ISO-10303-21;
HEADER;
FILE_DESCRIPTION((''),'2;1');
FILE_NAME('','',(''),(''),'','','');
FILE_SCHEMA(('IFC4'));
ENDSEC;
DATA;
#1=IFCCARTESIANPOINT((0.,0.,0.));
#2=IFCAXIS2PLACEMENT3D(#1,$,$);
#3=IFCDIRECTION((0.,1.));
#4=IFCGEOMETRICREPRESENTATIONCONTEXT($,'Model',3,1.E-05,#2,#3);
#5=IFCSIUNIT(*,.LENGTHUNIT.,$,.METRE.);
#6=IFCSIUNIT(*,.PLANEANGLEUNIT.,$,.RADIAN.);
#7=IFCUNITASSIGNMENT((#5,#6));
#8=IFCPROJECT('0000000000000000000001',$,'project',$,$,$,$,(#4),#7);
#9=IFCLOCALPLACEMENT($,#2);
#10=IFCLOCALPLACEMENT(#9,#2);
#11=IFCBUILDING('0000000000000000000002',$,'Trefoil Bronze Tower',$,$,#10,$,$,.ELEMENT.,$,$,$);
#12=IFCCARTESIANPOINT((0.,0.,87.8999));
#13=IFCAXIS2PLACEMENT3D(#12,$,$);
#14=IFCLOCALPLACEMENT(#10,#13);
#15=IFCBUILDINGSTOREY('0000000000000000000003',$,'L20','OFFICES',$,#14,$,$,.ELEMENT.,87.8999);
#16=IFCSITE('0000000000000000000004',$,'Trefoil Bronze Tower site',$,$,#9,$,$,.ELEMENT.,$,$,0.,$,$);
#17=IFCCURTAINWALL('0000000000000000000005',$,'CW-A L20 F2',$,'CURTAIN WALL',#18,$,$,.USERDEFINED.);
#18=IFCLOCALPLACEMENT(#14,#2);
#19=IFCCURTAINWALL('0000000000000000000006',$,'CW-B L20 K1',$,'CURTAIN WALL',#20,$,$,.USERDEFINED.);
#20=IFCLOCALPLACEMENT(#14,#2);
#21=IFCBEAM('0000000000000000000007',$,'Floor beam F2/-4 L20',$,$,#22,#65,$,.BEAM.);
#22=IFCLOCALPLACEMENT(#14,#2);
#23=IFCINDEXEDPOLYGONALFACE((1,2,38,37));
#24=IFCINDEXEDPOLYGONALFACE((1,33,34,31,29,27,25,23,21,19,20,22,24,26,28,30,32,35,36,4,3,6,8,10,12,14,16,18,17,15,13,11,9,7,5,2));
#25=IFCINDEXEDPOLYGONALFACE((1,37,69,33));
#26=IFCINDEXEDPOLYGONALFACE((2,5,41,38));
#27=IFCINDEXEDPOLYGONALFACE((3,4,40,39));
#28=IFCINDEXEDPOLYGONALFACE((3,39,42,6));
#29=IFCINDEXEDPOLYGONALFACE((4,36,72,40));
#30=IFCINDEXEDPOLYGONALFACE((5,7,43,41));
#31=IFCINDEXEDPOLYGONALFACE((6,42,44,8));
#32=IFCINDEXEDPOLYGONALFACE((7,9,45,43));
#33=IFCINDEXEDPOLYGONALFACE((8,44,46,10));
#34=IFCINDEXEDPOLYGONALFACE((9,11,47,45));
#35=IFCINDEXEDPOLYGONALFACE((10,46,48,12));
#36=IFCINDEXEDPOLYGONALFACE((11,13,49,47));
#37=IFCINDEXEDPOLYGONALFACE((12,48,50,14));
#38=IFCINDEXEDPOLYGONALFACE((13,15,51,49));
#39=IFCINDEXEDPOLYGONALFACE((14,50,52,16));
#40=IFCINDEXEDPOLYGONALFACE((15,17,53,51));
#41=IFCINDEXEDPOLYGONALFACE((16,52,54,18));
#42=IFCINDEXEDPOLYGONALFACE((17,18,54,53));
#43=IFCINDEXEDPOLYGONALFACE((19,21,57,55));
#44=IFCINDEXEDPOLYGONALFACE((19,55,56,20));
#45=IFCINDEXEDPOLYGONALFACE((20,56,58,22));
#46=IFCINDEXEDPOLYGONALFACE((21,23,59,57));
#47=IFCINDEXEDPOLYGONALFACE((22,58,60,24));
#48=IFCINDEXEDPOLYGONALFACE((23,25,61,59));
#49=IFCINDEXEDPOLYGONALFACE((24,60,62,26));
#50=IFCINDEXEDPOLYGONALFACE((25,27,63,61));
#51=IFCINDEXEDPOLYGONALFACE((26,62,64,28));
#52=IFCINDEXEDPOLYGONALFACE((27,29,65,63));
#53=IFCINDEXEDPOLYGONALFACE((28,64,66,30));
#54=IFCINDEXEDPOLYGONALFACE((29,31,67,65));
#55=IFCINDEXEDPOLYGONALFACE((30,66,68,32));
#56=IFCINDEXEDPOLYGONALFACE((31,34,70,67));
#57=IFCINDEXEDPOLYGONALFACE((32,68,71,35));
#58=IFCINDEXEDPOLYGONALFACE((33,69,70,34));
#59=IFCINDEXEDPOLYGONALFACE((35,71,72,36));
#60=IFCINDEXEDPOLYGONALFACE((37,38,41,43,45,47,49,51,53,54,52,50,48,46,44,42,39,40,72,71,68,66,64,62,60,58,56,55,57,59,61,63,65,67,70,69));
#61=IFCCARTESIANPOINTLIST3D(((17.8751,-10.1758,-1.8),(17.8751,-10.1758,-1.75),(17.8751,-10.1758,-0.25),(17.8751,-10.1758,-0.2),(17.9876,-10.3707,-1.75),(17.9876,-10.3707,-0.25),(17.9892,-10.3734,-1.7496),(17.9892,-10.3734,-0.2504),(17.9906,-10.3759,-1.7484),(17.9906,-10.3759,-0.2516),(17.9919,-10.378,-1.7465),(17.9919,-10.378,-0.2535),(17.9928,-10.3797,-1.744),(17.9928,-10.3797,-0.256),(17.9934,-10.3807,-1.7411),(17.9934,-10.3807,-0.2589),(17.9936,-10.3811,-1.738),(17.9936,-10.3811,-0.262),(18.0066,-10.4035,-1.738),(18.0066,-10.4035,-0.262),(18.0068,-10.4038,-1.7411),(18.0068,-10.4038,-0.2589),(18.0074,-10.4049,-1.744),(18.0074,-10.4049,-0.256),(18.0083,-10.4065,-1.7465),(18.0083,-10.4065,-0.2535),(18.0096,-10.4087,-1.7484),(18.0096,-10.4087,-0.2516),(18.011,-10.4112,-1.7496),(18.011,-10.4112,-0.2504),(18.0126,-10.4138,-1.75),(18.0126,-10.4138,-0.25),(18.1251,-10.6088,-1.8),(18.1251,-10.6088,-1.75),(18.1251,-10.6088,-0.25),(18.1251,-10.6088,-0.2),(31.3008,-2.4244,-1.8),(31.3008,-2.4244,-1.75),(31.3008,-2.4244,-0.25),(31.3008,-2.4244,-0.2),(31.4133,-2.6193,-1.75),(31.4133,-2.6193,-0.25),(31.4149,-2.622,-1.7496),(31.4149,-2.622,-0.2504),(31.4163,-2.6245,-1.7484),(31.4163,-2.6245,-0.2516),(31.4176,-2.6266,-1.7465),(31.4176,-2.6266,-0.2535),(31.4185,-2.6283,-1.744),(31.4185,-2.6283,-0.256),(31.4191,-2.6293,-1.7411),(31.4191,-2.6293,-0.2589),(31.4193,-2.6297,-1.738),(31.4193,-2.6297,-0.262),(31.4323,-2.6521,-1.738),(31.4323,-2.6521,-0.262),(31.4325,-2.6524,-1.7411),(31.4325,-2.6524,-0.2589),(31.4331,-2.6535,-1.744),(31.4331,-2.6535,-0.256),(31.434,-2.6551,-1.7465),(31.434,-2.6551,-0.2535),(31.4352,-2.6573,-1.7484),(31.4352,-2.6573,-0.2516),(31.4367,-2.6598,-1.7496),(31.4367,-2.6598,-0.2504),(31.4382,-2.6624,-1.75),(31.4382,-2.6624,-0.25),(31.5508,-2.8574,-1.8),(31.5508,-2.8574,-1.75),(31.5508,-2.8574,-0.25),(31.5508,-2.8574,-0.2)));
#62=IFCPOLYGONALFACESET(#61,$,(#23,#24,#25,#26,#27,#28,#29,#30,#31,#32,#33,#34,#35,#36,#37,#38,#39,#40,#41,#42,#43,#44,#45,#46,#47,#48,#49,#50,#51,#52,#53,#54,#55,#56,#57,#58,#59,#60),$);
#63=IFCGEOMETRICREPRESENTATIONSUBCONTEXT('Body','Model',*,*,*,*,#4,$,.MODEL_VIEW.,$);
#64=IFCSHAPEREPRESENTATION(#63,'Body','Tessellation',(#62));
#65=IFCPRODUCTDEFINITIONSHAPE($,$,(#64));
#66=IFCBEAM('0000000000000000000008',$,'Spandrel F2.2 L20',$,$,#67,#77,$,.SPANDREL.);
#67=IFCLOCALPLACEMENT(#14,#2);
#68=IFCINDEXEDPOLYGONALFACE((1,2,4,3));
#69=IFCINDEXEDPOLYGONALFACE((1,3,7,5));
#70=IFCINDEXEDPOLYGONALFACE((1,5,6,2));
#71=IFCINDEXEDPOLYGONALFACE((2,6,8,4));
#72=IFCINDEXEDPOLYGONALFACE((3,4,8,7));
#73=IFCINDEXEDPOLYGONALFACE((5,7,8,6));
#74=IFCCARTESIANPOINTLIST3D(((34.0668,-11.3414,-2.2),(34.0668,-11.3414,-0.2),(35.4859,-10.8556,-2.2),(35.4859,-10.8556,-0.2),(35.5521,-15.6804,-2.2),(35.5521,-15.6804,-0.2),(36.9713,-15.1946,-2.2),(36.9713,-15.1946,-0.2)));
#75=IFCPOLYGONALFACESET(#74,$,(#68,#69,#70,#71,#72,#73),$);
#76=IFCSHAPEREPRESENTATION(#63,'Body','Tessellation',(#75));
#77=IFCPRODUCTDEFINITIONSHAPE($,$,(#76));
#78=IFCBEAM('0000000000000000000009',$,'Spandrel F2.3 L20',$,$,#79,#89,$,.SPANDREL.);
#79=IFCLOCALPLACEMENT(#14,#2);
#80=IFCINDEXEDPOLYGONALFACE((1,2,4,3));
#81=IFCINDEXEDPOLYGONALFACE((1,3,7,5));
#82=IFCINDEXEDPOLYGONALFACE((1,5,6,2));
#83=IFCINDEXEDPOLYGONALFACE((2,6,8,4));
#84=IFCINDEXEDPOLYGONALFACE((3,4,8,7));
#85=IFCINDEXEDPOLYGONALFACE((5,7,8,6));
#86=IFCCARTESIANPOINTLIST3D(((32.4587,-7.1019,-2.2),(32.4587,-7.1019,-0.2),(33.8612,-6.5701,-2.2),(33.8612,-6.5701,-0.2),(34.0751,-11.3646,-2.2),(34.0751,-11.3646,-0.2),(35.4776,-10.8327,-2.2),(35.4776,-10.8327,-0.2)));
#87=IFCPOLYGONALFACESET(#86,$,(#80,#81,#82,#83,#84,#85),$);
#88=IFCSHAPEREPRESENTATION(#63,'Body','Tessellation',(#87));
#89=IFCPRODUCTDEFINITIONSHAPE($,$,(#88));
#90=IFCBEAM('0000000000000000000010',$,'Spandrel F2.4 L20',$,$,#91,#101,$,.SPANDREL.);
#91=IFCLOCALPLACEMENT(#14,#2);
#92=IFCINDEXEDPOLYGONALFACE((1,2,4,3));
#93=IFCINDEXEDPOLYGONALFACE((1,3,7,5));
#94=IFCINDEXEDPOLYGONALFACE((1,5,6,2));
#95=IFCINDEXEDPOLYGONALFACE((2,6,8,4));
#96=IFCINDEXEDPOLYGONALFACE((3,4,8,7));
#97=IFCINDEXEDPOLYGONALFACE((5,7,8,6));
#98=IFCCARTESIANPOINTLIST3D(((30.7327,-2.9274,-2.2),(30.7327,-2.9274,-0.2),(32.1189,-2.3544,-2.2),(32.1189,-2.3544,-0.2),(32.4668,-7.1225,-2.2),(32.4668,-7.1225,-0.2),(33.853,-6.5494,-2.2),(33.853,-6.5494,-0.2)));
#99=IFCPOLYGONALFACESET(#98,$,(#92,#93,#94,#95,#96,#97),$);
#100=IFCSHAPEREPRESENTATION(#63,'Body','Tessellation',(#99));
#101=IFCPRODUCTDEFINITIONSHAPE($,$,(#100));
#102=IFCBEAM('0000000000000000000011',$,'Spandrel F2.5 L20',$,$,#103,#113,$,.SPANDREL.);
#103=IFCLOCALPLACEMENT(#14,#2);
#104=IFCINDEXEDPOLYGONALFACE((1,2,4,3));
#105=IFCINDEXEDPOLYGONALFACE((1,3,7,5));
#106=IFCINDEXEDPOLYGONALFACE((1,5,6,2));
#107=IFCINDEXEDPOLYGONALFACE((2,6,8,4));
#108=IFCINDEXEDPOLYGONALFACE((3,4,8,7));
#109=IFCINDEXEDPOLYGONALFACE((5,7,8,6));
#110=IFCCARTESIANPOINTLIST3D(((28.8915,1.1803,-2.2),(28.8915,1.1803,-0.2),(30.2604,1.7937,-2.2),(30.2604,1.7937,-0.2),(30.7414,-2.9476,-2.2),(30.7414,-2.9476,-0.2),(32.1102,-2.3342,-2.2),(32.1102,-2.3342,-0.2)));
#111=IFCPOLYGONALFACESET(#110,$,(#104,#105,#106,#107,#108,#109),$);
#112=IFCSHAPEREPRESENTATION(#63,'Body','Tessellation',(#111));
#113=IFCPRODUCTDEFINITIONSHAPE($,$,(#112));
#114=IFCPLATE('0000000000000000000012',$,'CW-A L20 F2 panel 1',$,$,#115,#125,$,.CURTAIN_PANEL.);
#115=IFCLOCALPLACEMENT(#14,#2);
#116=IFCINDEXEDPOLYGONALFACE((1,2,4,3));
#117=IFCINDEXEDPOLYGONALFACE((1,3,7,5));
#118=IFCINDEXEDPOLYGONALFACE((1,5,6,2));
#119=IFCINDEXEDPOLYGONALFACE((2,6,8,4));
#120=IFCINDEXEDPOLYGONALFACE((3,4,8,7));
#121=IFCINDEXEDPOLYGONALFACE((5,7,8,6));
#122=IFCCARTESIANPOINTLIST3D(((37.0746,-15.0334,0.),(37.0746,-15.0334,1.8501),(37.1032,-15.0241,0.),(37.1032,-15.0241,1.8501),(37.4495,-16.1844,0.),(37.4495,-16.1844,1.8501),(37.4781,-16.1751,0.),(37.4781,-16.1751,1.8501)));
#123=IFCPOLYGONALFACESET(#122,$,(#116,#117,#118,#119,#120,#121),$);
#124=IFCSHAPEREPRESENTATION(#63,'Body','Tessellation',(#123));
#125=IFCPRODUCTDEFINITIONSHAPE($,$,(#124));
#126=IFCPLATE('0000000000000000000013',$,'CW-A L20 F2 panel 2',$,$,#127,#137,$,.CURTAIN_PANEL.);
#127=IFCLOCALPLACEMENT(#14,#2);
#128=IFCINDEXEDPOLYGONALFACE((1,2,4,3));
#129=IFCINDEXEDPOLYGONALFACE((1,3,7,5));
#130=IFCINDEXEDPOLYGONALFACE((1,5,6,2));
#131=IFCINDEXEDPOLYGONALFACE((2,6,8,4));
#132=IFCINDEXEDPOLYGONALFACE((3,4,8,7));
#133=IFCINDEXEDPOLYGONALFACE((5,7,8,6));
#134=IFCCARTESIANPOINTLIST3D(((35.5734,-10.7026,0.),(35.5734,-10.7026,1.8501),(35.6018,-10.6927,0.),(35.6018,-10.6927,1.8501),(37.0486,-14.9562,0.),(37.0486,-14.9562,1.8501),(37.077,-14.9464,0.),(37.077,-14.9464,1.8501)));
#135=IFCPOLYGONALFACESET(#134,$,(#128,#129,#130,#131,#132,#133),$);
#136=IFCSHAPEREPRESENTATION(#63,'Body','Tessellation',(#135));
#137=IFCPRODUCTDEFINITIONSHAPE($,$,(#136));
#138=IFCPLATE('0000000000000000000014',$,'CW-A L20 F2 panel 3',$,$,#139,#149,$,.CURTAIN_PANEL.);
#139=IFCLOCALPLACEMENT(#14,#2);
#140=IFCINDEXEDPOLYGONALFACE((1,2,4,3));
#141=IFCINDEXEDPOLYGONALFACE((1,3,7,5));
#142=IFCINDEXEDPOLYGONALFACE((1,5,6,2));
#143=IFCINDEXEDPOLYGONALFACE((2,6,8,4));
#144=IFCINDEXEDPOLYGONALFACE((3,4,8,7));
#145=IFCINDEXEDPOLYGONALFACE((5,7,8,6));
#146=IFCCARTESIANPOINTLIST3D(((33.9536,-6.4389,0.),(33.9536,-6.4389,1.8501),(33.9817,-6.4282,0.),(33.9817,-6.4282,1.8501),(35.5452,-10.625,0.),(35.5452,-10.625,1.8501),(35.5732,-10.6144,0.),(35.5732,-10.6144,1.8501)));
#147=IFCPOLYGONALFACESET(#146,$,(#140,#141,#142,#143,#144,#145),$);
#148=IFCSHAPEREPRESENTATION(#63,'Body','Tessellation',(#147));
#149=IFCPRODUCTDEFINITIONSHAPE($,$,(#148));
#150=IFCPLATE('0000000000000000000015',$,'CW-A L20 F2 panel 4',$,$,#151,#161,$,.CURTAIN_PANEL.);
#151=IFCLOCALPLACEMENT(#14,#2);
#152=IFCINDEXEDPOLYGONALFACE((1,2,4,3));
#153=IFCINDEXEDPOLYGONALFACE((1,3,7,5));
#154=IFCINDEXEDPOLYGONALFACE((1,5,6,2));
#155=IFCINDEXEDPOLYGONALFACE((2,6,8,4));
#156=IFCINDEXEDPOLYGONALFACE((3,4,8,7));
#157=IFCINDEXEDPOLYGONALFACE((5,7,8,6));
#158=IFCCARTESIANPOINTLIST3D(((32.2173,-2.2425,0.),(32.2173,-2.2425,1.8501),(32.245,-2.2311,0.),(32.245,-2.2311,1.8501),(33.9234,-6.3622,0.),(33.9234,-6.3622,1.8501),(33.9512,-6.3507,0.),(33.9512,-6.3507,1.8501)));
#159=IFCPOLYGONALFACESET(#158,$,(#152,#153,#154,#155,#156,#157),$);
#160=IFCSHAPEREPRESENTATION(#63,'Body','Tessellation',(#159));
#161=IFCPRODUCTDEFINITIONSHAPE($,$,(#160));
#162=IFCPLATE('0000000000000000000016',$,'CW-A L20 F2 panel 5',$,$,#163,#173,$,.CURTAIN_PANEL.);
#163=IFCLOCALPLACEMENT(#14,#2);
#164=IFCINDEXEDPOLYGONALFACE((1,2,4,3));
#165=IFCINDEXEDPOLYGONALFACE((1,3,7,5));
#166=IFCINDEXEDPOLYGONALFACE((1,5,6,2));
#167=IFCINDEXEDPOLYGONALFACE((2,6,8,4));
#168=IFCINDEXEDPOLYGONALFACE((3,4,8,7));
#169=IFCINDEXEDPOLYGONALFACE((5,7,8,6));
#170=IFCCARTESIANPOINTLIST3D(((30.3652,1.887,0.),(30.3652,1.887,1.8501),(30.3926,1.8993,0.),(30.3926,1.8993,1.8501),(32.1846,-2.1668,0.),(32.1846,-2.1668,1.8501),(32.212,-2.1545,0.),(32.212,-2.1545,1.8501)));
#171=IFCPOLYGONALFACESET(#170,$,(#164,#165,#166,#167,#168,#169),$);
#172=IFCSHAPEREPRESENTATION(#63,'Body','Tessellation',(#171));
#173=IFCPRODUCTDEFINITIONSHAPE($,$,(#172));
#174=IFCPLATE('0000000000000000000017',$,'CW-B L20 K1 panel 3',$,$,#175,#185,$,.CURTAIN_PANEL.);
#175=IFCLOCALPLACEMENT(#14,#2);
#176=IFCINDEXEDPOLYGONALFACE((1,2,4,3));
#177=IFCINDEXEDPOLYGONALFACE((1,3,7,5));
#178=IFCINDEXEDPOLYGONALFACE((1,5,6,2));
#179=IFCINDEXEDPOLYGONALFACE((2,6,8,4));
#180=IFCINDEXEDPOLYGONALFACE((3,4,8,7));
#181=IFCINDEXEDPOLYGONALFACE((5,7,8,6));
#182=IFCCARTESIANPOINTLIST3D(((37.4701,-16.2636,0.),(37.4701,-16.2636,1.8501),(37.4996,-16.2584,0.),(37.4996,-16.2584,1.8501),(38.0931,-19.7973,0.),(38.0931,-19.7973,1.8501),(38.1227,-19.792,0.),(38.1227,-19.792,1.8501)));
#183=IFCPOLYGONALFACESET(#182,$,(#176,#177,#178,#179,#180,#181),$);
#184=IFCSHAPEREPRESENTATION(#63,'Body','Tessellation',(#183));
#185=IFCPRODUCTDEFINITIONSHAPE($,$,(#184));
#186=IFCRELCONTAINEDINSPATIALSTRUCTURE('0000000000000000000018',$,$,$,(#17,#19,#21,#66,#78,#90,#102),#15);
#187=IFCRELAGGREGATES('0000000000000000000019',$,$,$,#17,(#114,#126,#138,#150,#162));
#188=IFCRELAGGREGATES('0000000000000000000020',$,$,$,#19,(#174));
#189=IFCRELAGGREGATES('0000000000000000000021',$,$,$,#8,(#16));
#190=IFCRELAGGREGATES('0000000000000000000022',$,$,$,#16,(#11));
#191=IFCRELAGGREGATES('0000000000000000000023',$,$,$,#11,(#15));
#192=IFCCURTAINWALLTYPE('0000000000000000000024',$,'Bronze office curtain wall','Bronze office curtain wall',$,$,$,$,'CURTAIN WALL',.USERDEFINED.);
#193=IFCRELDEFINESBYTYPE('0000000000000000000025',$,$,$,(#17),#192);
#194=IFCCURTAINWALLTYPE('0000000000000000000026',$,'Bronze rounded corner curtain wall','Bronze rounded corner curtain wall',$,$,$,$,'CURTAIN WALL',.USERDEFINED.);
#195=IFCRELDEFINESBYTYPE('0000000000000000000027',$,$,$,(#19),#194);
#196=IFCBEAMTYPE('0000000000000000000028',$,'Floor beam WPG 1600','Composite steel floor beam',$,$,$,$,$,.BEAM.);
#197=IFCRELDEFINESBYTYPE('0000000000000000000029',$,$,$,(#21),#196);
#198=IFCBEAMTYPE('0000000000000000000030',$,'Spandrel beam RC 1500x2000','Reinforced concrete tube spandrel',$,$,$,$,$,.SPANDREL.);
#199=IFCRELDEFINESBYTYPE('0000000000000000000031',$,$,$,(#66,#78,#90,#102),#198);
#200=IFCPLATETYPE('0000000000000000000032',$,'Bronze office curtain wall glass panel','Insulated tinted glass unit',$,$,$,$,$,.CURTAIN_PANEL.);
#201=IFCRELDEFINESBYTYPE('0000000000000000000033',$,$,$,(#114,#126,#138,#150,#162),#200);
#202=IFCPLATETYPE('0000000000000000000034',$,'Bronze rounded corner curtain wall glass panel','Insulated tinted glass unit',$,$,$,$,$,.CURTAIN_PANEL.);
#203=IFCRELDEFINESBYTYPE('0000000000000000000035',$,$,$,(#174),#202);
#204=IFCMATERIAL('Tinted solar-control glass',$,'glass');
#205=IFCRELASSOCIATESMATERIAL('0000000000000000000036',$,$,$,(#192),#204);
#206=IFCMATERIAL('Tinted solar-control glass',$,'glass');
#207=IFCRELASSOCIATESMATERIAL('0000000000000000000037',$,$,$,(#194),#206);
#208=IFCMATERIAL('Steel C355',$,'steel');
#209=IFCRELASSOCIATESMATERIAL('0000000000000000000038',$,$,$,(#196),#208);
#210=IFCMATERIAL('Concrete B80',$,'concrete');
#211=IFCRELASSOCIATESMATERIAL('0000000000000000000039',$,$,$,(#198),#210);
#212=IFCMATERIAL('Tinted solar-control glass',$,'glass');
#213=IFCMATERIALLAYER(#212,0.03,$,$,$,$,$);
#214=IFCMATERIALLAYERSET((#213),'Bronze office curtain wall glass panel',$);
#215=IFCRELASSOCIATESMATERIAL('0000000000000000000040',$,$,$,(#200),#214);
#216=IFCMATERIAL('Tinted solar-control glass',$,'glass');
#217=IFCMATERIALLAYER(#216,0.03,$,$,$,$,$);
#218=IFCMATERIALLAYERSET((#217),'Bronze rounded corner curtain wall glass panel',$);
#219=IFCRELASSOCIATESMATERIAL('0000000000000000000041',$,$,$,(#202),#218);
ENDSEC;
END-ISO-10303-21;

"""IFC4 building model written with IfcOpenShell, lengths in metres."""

from ifc_helpers import new_model, si_unit, direction, frame, origin, origin_2d, place, context, subcontext, project, spatial, rectangle, i_section, extrude, material, layer, layer_set, material_profile, profile_set, type_object, element, aggregate, save


model = new_model("IFC4")

# Units and contexts
model_context = context("Model", 3, precision=1e-05, world=origin(), true_north=direction((0.0, 1.0)))
body_context = subcontext(model_context, "Body", "Model", "MODEL_VIEW")
ifc_project = project(units=[si_unit("LENGTHUNIT", "METRE"), si_unit("PLANEANGLEUNIT", "RADIAN")], contexts=[model_context])

# Site, building, storey
site_placement = place(None, origin())
site = spatial("IfcSite", under=ifc_project, at=site_placement, Name="Trefoil Bronze Tower site", CompositionType="ELEMENT", RefElevation=0.0)
building_placement = place(site_placement, origin())
building = spatial("IfcBuilding", under=site, at=building_placement, Name="Trefoil Bronze Tower", CompositionType="ELEMENT")
storey_placement = place(building_placement, frame((0.0, 0.0, 87.8999)))
storey = spatial("IfcBuildingStorey", under=building, at=storey_placement, Name="L20", Description="OFFICES", CompositionType="ELEMENT", Elevation=87.8999)

# Curtain wall
ifc_material_1 = material(Name="Tinted solar-control glass", Category="glass")
curtain_wall_type_1 = type_object("IfcCurtainWallType", Name="Bronze office curtain wall", Description="Bronze office curtain wall", ElementType="CURTAIN WALL", PredefinedType="USERDEFINED", material=ifc_material_1)
curtain_wall_1_placement = place(storey_placement, origin())
curtain_wall_1 = element("IfcCurtainWall", 1, at=curtain_wall_1_placement, inside=storey, type_object=curtain_wall_type_1, Name="CW-A L20 F2", ObjectType="CURTAIN WALL", PredefinedType="USERDEFINED")

# Curtain wall
ifc_material_2 = material(Name="Tinted solar-control glass", Category="glass")
curtain_wall_type_2 = type_object("IfcCurtainWallType", Name="Bronze rounded corner curtain wall", Description="Bronze rounded corner curtain wall", ElementType="CURTAIN WALL", PredefinedType="USERDEFINED", material=ifc_material_2)
curtain_wall_2_placement = place(storey_placement, origin())
curtain_wall_2 = element("IfcCurtainWall", 2, at=curtain_wall_2_placement, inside=storey, type_object=curtain_wall_type_2, Name="CW-B L20 K1", ObjectType="CURTAIN WALL", PredefinedType="USERDEFINED")

# Beams
ifc_material_3 = material(Name="Steel C355", Category="steel")
ifc_material_profile_1 = material_profile(ifc_material_3, i_section(OverallWidth=0.5, OverallDepth=1.6001, WebThickness=0.0259, FlangeThickness=0.05, FilletRadius=0.012, at=origin_2d()), Name="WPG 1600")
ifc_profile_set_1 = profile_set([ifc_material_profile_1], Name="Steel C355")
beam_type_1 = type_object("IfcBeamType", Name="Floor beam WPG 1600", Description="Composite steel floor beam", PredefinedType="BEAM", material=ifc_profile_set_1)
beam_1_placement = place(storey_placement, frame((31.4258, -2.6409, -1.0), z_axis=(-0.866023, -0.500004, 0.0), x_axis=(0.500004, -0.866023, 0.0)))
element("IfcBeam", 3, at=beam_1_placement, inside=storey, type_object=beam_type_1, Name="Floor beam F2/-4 L20", PredefinedType="BEAM", context=body_context, shape_type="SweptSolid", body=[
    extrude(i_section(OverallWidth=0.5, OverallDepth=1.6001, WebThickness=0.0259, FlangeThickness=0.05, FilletRadius=0.012, at=origin_2d()), origin(), (0.0, 0.0, 1.0), 15.5027),
])
ifc_material_4 = material(Name="Concrete B80", Category="concrete")
ifc_material_profile_2 = material_profile(ifc_material_4, rectangle(XDim=1.5, YDim=2.0, at=origin_2d()), Name="RC 1500x2000")
ifc_profile_set_2 = profile_set([ifc_material_profile_2], Name="Concrete B80")
beam_type_2 = type_object("IfcBeamType", Name="Spandrel beam RC 1500x2000", Description="Reinforced concrete tube spandrel", PredefinedType="SPANDREL", material=ifc_profile_set_2)
beam_2_placement = place(storey_placement, frame((36.2617, -15.4375, -1.2), z_axis=(-0.323883, 0.946097, 0.0), x_axis=(-0.946097, -0.323883, 0.0)))
element("IfcBeam", 4, at=beam_2_placement, inside=storey, type_object=beam_type_2, Name="Spandrel F2.2 L20", PredefinedType="SPANDREL", context=body_context, shape_type="SweptSolid", body=[
    extrude(rectangle(XDim=1.5, YDim=2.0, at=origin_2d()), origin(), (0.0, 0.0, 1.0), 4.5862),
])
beam_3_placement = place(storey_placement, frame((34.7764, -11.0986, -1.2), z_axis=(-0.354572, 0.935029, 0.0), x_axis=(-0.935029, -0.354572, 0.0)))
element("IfcBeam", 5, at=beam_3_placement, inside=storey, type_object=beam_type_2, Name="Spandrel F2.3 L20", PredefinedType="SPANDREL", context=body_context, shape_type="SweptSolid", body=[
    extrude(rectangle(XDim=1.5, YDim=2.0, at=origin_2d()), origin(), (0.0, 0.0, 1.0), 4.5588),
])
beam_4_placement = place(storey_placement, frame((33.1599, -6.8359, -1.2), z_axis=(-0.382021, 0.924154, 0.0), x_axis=(-0.924154, -0.382021, 0.0)))
element("IfcBeam", 6, at=beam_4_placement, inside=storey, type_object=beam_type_2, Name="Spandrel F2.4 L20", PredefinedType="SPANDREL", context=body_context, shape_type="SweptSolid", body=[
    extrude(rectangle(XDim=1.5, YDim=2.0, at=origin_2d()), origin(), (0.0, 0.0, 1.0), 4.5393),
])
beam_5_placement = place(storey_placement, frame((31.4258, -2.6409, -1.2), z_axis=(-0.408946, 0.912559, 0.0), x_axis=(-0.912559, -0.408946, 0.0)))
element("IfcBeam", 7, at=beam_5_placement, inside=storey, type_object=beam_type_2, Name="Spandrel F2.5 L20", PredefinedType="SPANDREL", context=body_context, shape_type="SweptSolid", body=[
    extrude(rectangle(XDim=1.5, YDim=2.0, at=origin_2d()), origin(), (0.0, 0.0, 1.0), 4.5234),
])

# Plates
ifc_material_5 = material(Name="Tinted solar-control glass", Category="glass")
ifc_layer_1 = layer(ifc_material_5, 0.03)
ifc_layer_set_1 = layer_set([ifc_layer_1], Name="Bronze office curtain wall glass panel")
plate_type_1 = type_object("IfcPlateType", Name="Bronze office curtain wall glass panel", Description="Insulated tinted glass unit", PredefinedType="CURTAIN_PANEL", material=ifc_layer_set_1)
plate_1_placement = place(storey_placement, frame((37.2764, -15.6042, 0.0), z_axis=(0.0, 0.0, 1.0), x_axis=(-0.309728, 0.950825, 0.0)))
plate_1 = element("IfcPlate", 8, at=plate_1_placement, type_object=plate_type_1, Name="CW-A L20 F2 panel 1", PredefinedType="CURTAIN_PANEL", context=body_context, shape_type="SweptSolid", body=[
    extrude(rectangle(XDim=1.2104, YDim=0.03, at=origin_2d()), origin(), (0.0, 0.0, 1.0), 1.8501),
])
plate_2_placement = place(storey_placement, frame((36.3252, -12.8245, 0.0), z_axis=(0.0, 0.0, 1.0), x_axis=(-0.327674, 0.944791, 0.0)))
plate_2 = element("IfcPlate", 9, at=plate_2_placement, type_object=plate_type_1, Name="CW-A L20 F2 panel 2", PredefinedType="CURTAIN_PANEL", context=body_context, shape_type="SweptSolid", body=[
    extrude(rectangle(XDim=4.5022, YDim=0.03, at=origin_2d()), origin(), (0.0, 0.0, 1.0), 1.8501),
])
plate_3_placement = place(storey_placement, frame((34.7634, -8.5266, 0.0), z_axis=(0.0, 0.0, 1.0), x_axis=(-0.355371, 0.934725, 0.0)))
plate_3 = element("IfcPlate", 10, at=plate_3_placement, type_object=plate_type_1, Name="CW-A L20 F2 panel 3", PredefinedType="CURTAIN_PANEL", context=body_context, shape_type="SweptSolid", body=[
    extrude(rectangle(XDim=4.4785, YDim=0.03, at=origin_2d()), origin(), (0.0, 0.0, 1.0), 1.8501),
])
plate_4_placement = place(storey_placement, frame((33.0842, -4.2966, 0.0), z_axis=(0.0, 0.0, 1.0), x_axis=(-0.38263, 0.923902, 0.0)))
plate_4 = element("IfcPlate", 11, at=plate_4_placement, type_object=plate_type_1, Name="CW-A L20 F2 panel 4", PredefinedType="CURTAIN_PANEL", context=body_context, shape_type="SweptSolid", body=[
    extrude(rectangle(XDim=4.459, YDim=0.03, at=origin_2d()), origin(), (0.0, 0.0, 1.0), 1.8501),
])
plate_5_placement = place(storey_placement, frame((31.2886, -0.1338, 0.0), z_axis=(0.0, 0.0, 1.0), x_axis=(-0.409456, 0.91233, 0.0)))
plate_5 = element("IfcPlate", 12, at=plate_5_placement, type_object=plate_type_1, Name="CW-A L20 F2 panel 5", PredefinedType="CURTAIN_PANEL", context=body_context, shape_type="SweptSolid", body=[
    extrude(rectangle(XDim=4.4434, YDim=0.03, at=origin_2d()), origin(), (0.0, 0.0, 1.0), 1.8501),
])
aggregate(curtain_wall_1, [plate_1, plate_2, plate_3, plate_4, plate_5])
ifc_material_6 = material(Name="Tinted solar-control glass", Category="glass")
ifc_layer_2 = layer(ifc_material_6, 0.03)
ifc_layer_set_2 = layer_set([ifc_layer_2], Name="Bronze rounded corner curtain wall glass panel")
plate_type_2 = type_object("IfcPlateType", Name="Bronze rounded corner curtain wall glass panel", Description="Insulated tinted glass unit", PredefinedType="CURTAIN_PANEL", material=ifc_layer_set_2)
plate_6_placement = place(storey_placement, frame((37.7964, -18.0278, 0.0), z_axis=(0.0, 0.0, 1.0), x_axis=(-0.173648, 0.984808, 0.0)))
plate_6 = element("IfcPlate", 13, at=plate_6_placement, type_object=plate_type_2, Name="CW-B L20 K1 panel 3", PredefinedType="CURTAIN_PANEL", context=body_context, shape_type="SweptSolid", body=[
    extrude(rectangle(XDim=3.5881, YDim=0.03, at=origin_2d()), origin(), (0.0, 0.0, 1.0), 1.8501),
])
aggregate(curtain_wall_2, [plate_6])

save(model, "model.ifc")
